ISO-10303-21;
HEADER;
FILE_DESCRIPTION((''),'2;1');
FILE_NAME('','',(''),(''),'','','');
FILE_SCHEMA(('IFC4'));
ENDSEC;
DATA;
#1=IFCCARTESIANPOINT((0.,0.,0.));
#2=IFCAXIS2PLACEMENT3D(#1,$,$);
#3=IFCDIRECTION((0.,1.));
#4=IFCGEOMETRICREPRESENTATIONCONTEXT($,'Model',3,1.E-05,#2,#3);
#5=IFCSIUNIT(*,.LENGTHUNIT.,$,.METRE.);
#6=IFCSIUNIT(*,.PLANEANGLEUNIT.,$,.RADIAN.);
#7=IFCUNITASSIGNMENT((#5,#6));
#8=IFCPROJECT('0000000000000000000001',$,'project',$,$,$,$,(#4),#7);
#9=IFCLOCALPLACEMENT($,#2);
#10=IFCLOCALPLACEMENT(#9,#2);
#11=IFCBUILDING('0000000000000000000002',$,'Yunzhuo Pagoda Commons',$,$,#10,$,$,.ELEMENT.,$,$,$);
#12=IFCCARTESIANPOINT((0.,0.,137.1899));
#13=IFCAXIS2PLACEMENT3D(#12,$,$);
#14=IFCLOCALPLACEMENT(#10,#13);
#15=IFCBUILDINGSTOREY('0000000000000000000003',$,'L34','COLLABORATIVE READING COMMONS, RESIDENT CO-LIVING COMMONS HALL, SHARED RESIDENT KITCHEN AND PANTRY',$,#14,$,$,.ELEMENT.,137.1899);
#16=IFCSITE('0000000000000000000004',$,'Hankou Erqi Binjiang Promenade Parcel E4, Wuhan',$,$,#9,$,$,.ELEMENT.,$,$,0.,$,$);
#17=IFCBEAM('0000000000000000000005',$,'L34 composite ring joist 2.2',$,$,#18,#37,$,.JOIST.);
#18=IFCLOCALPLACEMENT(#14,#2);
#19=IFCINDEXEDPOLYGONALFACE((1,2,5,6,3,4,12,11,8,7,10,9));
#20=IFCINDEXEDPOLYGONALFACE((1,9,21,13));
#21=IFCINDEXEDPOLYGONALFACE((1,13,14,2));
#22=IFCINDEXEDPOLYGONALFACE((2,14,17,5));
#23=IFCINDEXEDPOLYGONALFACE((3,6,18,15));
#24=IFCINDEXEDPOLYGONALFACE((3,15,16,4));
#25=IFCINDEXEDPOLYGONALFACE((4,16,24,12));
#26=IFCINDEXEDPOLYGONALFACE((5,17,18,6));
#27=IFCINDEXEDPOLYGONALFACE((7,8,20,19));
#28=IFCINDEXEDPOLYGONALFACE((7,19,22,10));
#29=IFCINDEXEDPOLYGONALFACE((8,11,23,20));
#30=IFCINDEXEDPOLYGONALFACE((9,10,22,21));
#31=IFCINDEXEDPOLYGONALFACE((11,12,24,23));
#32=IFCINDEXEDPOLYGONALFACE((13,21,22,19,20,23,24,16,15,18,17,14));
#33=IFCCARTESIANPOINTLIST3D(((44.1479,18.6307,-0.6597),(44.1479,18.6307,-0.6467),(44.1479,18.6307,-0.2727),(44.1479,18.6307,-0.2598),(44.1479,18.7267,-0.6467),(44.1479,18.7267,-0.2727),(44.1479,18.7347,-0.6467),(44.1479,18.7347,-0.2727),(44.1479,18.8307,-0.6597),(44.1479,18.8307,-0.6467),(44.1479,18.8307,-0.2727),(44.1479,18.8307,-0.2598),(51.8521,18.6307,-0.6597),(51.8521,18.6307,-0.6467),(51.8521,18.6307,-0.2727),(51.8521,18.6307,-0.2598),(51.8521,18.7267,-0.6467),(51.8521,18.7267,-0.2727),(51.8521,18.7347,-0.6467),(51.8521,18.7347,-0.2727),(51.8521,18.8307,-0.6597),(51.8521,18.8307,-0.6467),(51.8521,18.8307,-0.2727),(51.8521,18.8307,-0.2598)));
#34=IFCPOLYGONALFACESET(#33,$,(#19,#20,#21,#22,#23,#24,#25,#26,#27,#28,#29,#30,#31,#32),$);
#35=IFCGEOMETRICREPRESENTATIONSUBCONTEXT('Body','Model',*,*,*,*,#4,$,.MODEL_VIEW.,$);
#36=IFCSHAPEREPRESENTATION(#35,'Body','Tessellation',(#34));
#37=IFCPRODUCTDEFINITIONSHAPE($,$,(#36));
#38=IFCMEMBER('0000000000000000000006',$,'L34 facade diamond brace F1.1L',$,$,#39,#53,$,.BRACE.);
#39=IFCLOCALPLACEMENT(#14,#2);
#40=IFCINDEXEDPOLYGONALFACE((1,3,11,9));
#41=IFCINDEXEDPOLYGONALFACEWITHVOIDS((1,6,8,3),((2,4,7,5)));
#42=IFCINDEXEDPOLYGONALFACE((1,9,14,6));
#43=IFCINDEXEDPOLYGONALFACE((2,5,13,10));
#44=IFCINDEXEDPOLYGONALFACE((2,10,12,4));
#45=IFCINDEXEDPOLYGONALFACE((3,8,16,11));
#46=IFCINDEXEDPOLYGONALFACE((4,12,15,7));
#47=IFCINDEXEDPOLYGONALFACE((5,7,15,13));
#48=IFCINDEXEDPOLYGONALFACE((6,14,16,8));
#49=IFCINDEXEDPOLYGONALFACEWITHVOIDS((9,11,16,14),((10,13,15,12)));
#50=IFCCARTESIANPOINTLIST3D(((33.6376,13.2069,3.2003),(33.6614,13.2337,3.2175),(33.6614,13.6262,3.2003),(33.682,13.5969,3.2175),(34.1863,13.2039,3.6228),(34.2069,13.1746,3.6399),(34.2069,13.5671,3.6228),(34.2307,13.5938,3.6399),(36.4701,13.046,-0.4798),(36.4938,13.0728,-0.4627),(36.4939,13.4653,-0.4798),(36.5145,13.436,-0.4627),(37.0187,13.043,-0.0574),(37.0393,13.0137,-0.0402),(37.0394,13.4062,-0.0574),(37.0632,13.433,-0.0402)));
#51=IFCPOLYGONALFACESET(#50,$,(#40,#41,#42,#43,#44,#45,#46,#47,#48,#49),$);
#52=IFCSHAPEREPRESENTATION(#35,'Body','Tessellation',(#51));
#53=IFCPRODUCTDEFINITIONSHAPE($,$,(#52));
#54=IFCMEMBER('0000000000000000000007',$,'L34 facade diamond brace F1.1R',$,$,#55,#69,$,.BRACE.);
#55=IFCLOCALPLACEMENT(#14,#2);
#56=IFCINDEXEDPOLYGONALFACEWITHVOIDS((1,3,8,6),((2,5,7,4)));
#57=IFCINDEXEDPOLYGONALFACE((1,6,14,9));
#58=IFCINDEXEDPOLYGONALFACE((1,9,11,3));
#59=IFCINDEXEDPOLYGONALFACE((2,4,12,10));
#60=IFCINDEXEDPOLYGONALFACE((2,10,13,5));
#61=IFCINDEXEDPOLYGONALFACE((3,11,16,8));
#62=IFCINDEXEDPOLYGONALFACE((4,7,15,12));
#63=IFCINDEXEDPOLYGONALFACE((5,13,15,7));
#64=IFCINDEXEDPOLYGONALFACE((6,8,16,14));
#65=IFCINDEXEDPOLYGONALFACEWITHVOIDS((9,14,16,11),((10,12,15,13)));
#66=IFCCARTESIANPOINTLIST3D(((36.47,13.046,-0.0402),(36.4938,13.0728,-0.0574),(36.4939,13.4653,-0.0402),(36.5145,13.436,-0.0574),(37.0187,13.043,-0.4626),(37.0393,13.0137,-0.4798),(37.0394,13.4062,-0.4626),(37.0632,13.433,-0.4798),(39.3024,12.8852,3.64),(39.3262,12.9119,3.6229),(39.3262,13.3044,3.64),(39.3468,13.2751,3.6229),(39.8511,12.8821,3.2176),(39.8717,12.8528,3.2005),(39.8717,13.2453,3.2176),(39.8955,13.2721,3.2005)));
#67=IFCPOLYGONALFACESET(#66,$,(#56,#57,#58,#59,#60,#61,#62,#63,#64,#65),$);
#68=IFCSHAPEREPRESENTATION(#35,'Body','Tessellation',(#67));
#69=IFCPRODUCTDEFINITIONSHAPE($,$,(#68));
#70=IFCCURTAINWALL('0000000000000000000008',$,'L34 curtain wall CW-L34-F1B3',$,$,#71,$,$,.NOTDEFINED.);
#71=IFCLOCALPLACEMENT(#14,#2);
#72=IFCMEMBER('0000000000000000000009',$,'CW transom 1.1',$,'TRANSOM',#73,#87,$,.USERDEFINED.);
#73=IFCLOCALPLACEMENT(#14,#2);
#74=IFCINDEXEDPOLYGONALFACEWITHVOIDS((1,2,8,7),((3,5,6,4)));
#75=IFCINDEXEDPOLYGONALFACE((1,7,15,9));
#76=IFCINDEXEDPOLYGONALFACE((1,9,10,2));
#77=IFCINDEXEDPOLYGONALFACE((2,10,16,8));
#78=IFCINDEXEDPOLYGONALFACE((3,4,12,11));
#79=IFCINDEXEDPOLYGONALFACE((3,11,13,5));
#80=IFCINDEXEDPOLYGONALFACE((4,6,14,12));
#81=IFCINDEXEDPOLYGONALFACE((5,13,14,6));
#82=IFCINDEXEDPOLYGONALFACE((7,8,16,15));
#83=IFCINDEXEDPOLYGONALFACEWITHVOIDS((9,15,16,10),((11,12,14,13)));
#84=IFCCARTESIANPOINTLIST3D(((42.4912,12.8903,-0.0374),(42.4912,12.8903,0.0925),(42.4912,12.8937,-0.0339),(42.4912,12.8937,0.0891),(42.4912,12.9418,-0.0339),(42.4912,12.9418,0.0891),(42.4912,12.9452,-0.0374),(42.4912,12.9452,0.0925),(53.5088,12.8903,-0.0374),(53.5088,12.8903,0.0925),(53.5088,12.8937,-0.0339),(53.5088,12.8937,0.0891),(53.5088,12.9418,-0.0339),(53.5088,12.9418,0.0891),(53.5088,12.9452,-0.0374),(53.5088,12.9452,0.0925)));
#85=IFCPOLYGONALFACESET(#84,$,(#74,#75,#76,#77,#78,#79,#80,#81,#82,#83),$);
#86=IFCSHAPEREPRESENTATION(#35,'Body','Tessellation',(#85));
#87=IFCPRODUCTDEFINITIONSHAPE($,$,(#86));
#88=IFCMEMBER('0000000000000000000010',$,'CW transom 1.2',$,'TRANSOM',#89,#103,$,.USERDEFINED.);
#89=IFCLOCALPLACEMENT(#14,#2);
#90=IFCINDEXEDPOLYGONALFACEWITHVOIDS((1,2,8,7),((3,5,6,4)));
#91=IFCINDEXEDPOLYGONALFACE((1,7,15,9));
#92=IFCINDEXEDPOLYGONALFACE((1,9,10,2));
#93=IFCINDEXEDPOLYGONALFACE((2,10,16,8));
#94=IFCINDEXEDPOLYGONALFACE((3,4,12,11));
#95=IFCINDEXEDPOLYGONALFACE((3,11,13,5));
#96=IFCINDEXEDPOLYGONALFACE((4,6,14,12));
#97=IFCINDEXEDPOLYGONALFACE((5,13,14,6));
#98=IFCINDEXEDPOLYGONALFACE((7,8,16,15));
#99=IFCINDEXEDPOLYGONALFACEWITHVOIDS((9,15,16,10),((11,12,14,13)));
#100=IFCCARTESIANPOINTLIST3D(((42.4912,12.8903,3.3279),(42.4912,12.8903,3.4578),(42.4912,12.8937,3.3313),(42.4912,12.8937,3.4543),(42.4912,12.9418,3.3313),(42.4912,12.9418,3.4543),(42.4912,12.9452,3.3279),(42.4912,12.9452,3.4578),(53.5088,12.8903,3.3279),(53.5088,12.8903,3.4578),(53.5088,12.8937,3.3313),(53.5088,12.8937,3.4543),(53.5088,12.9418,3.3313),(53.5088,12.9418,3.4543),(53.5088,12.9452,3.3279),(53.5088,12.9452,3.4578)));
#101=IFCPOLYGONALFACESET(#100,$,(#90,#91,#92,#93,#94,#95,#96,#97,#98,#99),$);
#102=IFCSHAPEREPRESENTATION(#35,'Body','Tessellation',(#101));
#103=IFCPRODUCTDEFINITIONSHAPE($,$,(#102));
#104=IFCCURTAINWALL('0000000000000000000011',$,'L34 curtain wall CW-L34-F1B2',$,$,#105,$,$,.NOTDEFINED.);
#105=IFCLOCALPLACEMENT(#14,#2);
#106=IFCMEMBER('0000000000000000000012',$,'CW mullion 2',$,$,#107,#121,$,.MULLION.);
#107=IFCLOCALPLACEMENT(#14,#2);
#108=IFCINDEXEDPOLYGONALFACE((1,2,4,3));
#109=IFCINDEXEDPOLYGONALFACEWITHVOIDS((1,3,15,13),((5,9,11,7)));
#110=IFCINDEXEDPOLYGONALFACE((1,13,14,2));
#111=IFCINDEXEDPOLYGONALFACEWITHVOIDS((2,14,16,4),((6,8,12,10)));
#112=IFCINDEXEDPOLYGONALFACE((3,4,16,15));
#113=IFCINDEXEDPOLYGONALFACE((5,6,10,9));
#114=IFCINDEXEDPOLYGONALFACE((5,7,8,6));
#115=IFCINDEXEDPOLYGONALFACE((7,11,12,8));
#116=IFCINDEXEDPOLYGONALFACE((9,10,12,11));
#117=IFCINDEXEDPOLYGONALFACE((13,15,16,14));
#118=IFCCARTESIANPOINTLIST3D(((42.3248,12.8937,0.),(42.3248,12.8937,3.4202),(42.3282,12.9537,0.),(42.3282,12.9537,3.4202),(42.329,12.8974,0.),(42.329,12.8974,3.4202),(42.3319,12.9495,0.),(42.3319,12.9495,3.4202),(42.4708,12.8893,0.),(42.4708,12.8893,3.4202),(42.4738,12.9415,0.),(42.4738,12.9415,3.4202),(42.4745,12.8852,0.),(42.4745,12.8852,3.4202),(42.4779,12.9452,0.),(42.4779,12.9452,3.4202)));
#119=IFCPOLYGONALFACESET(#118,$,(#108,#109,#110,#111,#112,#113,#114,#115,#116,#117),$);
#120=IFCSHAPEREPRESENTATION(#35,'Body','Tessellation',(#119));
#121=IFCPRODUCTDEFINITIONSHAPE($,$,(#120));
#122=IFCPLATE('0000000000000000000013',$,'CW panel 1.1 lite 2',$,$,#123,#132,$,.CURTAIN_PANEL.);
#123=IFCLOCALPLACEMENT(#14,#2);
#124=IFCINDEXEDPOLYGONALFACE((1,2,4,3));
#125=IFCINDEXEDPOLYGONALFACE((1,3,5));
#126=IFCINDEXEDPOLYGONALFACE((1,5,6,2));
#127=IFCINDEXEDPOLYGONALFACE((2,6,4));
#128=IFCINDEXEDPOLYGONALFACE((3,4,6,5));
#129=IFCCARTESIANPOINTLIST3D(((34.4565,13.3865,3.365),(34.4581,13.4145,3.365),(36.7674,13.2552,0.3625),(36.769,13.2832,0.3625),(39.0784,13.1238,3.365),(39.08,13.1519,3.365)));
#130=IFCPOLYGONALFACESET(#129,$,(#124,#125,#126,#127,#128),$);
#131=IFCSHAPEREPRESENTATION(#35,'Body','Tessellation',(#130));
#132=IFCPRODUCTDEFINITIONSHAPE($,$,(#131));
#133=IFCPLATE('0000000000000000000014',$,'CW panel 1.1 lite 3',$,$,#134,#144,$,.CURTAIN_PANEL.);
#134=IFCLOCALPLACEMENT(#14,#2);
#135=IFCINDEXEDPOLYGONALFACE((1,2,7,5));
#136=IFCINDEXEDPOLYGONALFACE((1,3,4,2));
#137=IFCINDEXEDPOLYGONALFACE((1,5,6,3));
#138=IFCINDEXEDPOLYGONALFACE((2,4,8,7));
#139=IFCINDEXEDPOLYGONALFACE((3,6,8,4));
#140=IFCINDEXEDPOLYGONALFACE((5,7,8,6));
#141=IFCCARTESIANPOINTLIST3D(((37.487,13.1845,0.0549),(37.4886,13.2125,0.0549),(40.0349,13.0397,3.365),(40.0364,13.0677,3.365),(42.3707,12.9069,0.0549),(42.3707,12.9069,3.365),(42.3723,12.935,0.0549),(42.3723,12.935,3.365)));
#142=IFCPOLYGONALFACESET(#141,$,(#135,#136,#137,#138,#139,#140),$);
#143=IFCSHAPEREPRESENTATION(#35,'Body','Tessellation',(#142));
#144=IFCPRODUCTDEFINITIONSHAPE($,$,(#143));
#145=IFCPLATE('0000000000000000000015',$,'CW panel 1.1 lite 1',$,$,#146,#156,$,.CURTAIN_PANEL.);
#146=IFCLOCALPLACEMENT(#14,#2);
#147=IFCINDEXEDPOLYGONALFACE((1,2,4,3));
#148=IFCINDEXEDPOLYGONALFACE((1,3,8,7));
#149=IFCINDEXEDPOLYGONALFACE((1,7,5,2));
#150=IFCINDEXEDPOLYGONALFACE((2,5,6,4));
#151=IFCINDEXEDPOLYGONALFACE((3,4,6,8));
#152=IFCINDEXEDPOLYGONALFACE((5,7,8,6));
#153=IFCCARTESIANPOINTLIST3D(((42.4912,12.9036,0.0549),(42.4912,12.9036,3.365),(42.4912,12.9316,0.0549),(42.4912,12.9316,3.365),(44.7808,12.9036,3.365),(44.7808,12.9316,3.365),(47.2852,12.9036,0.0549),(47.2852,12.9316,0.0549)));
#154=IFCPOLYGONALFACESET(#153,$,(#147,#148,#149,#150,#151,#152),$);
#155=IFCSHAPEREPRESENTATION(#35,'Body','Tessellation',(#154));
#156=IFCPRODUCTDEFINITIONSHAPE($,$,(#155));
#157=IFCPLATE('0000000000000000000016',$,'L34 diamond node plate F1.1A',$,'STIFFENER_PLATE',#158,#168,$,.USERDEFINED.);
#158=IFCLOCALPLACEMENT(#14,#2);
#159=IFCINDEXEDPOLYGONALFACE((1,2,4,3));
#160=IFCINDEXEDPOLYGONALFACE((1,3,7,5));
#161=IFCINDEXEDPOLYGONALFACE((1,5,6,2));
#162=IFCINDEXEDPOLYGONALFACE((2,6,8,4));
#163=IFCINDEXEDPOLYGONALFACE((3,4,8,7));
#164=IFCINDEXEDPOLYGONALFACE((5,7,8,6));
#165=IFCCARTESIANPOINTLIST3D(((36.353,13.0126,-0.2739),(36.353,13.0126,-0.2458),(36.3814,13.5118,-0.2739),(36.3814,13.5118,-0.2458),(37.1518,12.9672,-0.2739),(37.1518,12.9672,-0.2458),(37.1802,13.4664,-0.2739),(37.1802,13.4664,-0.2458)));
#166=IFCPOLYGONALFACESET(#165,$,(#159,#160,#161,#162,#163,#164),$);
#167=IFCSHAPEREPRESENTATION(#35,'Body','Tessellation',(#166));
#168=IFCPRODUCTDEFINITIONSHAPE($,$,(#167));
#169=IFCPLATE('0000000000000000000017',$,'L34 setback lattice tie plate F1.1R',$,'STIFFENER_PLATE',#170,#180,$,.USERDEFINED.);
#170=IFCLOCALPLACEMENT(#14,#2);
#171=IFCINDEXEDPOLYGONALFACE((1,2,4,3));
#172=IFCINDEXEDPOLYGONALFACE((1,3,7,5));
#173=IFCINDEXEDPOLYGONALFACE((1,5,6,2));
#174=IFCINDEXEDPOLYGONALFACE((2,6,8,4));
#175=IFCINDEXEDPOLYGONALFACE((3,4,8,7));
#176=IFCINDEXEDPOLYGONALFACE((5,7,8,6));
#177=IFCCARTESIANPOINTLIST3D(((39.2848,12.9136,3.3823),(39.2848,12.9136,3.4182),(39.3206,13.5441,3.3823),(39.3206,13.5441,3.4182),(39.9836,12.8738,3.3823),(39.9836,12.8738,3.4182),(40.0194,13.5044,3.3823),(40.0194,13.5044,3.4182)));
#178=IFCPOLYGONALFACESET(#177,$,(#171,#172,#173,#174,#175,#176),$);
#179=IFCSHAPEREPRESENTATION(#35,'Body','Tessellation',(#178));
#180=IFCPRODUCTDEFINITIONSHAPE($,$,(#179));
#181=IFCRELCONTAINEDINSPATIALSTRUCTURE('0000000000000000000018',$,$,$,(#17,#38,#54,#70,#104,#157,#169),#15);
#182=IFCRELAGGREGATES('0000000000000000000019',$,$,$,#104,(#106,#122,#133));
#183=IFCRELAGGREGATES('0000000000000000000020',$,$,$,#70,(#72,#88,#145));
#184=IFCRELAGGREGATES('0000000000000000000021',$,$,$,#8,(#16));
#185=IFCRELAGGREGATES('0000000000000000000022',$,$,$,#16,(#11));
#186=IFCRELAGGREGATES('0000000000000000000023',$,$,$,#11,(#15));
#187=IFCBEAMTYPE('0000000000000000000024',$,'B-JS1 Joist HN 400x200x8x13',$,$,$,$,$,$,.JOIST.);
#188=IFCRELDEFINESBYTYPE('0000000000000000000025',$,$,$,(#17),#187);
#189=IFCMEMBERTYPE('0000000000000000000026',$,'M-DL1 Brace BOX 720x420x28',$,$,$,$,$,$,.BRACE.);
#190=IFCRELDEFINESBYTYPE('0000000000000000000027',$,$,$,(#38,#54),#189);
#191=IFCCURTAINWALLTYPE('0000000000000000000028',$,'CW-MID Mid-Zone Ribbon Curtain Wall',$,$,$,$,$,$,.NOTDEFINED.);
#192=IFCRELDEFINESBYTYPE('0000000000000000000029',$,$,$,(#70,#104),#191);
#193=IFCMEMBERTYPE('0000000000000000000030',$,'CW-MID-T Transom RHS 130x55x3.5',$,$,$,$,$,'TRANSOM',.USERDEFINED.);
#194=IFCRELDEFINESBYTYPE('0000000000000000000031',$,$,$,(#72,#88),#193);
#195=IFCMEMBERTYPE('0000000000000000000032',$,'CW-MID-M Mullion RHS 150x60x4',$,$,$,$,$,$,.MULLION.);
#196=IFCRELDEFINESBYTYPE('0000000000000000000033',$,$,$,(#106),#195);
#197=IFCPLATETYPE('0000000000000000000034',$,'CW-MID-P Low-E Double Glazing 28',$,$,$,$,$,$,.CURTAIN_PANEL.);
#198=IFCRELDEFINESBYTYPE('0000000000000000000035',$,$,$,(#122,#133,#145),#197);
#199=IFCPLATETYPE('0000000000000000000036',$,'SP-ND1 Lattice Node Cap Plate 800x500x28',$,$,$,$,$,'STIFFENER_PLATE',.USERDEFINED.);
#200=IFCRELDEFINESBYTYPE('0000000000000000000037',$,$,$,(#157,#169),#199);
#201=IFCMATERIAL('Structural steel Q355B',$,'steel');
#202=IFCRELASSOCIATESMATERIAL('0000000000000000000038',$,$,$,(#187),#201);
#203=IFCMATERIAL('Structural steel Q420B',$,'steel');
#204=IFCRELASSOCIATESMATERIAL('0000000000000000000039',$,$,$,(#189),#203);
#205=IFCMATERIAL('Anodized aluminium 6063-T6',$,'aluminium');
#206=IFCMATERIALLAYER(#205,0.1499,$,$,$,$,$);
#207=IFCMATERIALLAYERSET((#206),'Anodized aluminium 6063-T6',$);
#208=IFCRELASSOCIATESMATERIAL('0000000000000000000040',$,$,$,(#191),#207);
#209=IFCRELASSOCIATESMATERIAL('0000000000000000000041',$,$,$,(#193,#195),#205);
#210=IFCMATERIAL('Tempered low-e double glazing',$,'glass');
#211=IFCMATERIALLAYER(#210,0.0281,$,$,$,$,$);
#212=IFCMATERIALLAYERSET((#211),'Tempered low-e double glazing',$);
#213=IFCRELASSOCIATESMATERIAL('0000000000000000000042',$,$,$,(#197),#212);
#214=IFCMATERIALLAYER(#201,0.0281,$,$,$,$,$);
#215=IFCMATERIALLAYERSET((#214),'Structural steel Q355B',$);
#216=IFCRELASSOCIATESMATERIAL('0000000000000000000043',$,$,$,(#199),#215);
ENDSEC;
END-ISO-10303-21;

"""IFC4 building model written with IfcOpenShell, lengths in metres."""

from ifc_helpers import new_model, si_unit, direction, frame, origin, origin_2d, place, context, subcontext, project, spatial, polyline, rectangle, hollow_rectangle, i_section, outline, extrude, source, transform, mapped, material, layer, layer_set, material_profile, profile_set, type_object, element, aggregate, save


model = new_model("IFC4")

# Units and contexts
model_context = context("Model", 3, precision=1e-05, world=origin(), true_north=direction((0.0, 1.0)))
body_context = subcontext(model_context, "Body", "Model", "MODEL_VIEW")
ifc_project = project(units=[si_unit("LENGTHUNIT", "METRE"), si_unit("PLANEANGLEUNIT", "RADIAN")], contexts=[model_context])

# Site, building, storey
site_placement = place(None, origin())
site = spatial("IfcSite", under=ifc_project, at=site_placement, Name="Hankou Erqi Binjiang Promenade Parcel E4, Wuhan", CompositionType="ELEMENT", RefElevation=0.0)
building_placement = place(site_placement, origin())
building = spatial("IfcBuilding", under=site, at=building_placement, Name="Yunzhuo Pagoda Commons", CompositionType="ELEMENT")
storey_placement = place(building_placement, frame((0.0, 0.0, 137.1899)))
storey = spatial("IfcBuildingStorey", under=building, at=storey_placement, Name="L34", Description="COLLABORATIVE READING COMMONS, RESIDENT CO-LIVING COMMONS HALL, SHARED RESIDENT KITCHEN AND PANTRY", CompositionType="ELEMENT", Elevation=137.1899)

# Shared definitions
ifc_material_1 = material(Name="Structural steel Q420B", Category="steel")

# Beam
ifc_material_2 = material(Name="Structural steel Q355B", Category="steel")
ifc_material_profile_1 = material_profile(ifc_material_2, i_section(OverallWidth=0.2, OverallDepth=0.3999, WebThickness=0.0081, FlangeThickness=0.0129, at=origin_2d()), Name="Structural steel Q355B")
ifc_profile_set_1 = profile_set([ifc_material_profile_1], Name="Structural steel Q355B")
beam_type_1 = type_object("IfcBeamType", Name="B-JS1 Joist HN 400x200x8x13", PredefinedType="JOIST", material=ifc_profile_set_1)
shared_shape_1 = source(origin(), body_context, "Body", "SweptSolid", [
    extrude(i_section(OverallWidth=0.2, OverallDepth=0.3999, WebThickness=0.0081, FlangeThickness=0.0129, at=origin_2d()), origin(), (0.0, 0.0, 1.0), 7.7041),
])
beam_1_placement = place(storey_placement, frame((44.1479, 18.7307, -0.4597), z_axis=(1.0, 0.0, 0.0), x_axis=(0.0, 1.0, 0.0)))
element("IfcBeam", 1, at=beam_1_placement, inside=storey, type_object=beam_type_1, Name="L34 composite ring joist 2.2", PredefinedType="JOIST", context=body_context, shape_type="MappedRepresentation", body=[
    mapped(shared_shape_1, transform((0.0, 0.0, 0.0), scale=1.0)),
])

# Members
ifc_material_profile_2 = material_profile(ifc_material_1, hollow_rectangle(XDim=0.4199, YDim=0.72, WallThickness=0.0281, at=origin_2d()), Name="Structural steel Q420B")
ifc_profile_set_2 = profile_set([ifc_material_profile_2], Name="Structural steel Q420B")
member_type_1 = type_object("IfcMemberType", Name="M-DL1 Brace BOX 720x420x28", PredefinedType="BRACE", material=ifc_profile_set_2)
shared_shape_2 = source(origin(), body_context, "Body", "SweptSolid", [
    extrude(hollow_rectangle(XDim=0.4199, YDim=0.72, WallThickness=0.0281, at=origin_2d()), origin(), (0.0, 0.0, 1.0), 4.6467),
])
for number, where, z_axis, x_axis, name in (
    (2, (36.7666, 13.2395, -0.26), (-0.609564, 0.034624, 0.791981), (-0.056709, -0.998391, 0.0), "L34 facade diamond brace F1.1L"),
    (3, (36.7666, 13.2395, -0.26), (0.609531, -0.034625, 0.792006), (0.056714, 0.99839, 0.0), "L34 facade diamond brace F1.1R"),
):
    element("IfcMember", number, at=place(storey_placement, frame(where, z_axis=z_axis, x_axis=x_axis)), inside=storey, type_object=member_type_1, Name=name, PredefinedType="BRACE", context=body_context, shape_type="MappedRepresentation", body=[
        mapped(shared_shape_2, transform((0.0, 0.0, 0.0), scale=1.0)),
    ])

# Curtain wall, members
ifc_material_3 = material(Name="Anodized aluminium 6063-T6", Category="aluminium")
ifc_layer_1 = layer(ifc_material_3, 0.1499)
ifc_layer_set_1 = layer_set([ifc_layer_1], Name="Anodized aluminium 6063-T6")
curtain_wall_type = type_object("IfcCurtainWallType", Name="CW-MID Mid-Zone Ribbon Curtain Wall", PredefinedType="NOTDEFINED", material=ifc_layer_set_1)
curtain_wall_1_placement = place(storey_placement, origin())
curtain_wall_1 = element("IfcCurtainWall", 4, at=curtain_wall_1_placement, inside=storey, type_object=curtain_wall_type, Name="L34 curtain wall CW-L34-F1B3", PredefinedType="NOTDEFINED")
ifc_material_profile_3 = material_profile(ifc_material_3, hollow_rectangle(XDim=0.0549, YDim=0.1299, WallThickness=0.0034, at=origin_2d()), Name="Anodized aluminium 6063-T6")
ifc_profile_set_3 = profile_set([ifc_material_profile_3], Name="Anodized aluminium 6063-T6")
member_type_2 = type_object("IfcMemberType", Name="CW-MID-T Transom RHS 130x55x3.5", ElementType="TRANSOM", PredefinedType="USERDEFINED", material=ifc_profile_set_3)
shared_shape_3 = source(origin(), body_context, "Body", "SweptSolid", [
    extrude(hollow_rectangle(XDim=0.0549, YDim=0.1299, WallThickness=0.0034, at=origin_2d()), origin(), (0.0, 0.0, 1.0), 11.0176),
])
member_1_placement = place(storey_placement, frame((42.4912, 12.9177, 0.0276), z_axis=(1.0, 0.0, 0.0), x_axis=(0.0, 1.0, 0.0)))
member_1 = element("IfcMember", 5, at=member_1_placement, type_object=member_type_2, Name="CW transom 1.1", ObjectType="TRANSOM", PredefinedType="USERDEFINED", context=body_context, shape_type="MappedRepresentation", body=[
    mapped(shared_shape_3, transform((0.0, 0.0, 0.0), scale=1.0)),
])
member_2_placement = place(storey_placement, frame((42.4912, 12.9177, 3.3928), z_axis=(1.0, 0.0, 0.0), x_axis=(0.0, 1.0, 0.0)))
member_2 = element("IfcMember", 6, at=member_2_placement, type_object=member_type_2, Name="CW transom 1.2", ObjectType="TRANSOM", PredefinedType="USERDEFINED", context=body_context, shape_type="MappedRepresentation", body=[
    mapped(shared_shape_3, transform((0.0, 0.0, 0.0), scale=1.0)),
])

# Curtain wall, member, plates
curtain_wall_2_placement = place(storey_placement, origin())
curtain_wall_2 = element("IfcCurtainWall", 7, at=curtain_wall_2_placement, inside=storey, type_object=curtain_wall_type, Name="L34 curtain wall CW-L34-F1B2", PredefinedType="NOTDEFINED")
ifc_material_profile_4 = material_profile(ifc_material_3, hollow_rectangle(XDim=0.0601, YDim=0.1499, WallThickness=0.0039, at=origin_2d()), Name="Anodized aluminium 6063-T6")
ifc_profile_set_4 = profile_set([ifc_material_profile_4], Name="Anodized aluminium 6063-T6")
member_type_3 = type_object("IfcMemberType", Name="CW-MID-M Mullion RHS 150x60x4", PredefinedType="MULLION", material=ifc_profile_set_4)
shared_shape_4 = source(origin(), body_context, "Body", "SweptSolid", [
    extrude(hollow_rectangle(XDim=0.0601, YDim=0.1499, WallThickness=0.0039, at=origin_2d()), origin(), (0.0, 0.0, 1.0), 3.4202),
])
member_3_placement = place(storey_placement, frame((42.4014, 12.9194, 0.0), z_axis=(0.0, 0.0, 1.0), x_axis=(0.056742, 0.998389, 0.0)))
member_3 = element("IfcMember", 8, at=member_3_placement, type_object=member_type_3, Name="CW mullion 2", PredefinedType="MULLION", context=body_context, shape_type="MappedRepresentation", body=[
    mapped(shared_shape_4, transform((0.0, 0.0, 0.0), scale=1.0)),
])
ifc_material_4 = material(Name="Tempered low-e double glazing", Category="glass")
ifc_layer_2 = layer(ifc_material_4, 0.0281)
ifc_layer_set_2 = layer_set([ifc_layer_2], Name="Tempered low-e double glazing")
plate_type_1 = type_object("IfcPlateType", Name="CW-MID-P Low-E Double Glazing 28", PredefinedType="CURTAIN_PANEL", material=ifc_layer_set_2)
plate_1_placement = place(storey_placement, frame((36.769, 13.2832, 1.8638), z_axis=(-0.056742, -0.998389, 0.0), x_axis=(0.998389, -0.056742, 0.0)))
plate_1 = element("IfcPlate", 9, at=plate_1_placement, type_object=plate_type_1, Name="CW panel 1.1 lite 2", PredefinedType="CURTAIN_PANEL", context=body_context, shape_type="SweptSolid", body=[
    extrude(outline(polyline([(-2.3147, 1.5012), (0.0, -1.5012), (2.3147, 1.5012), (-2.3147, 1.5012)])), origin(), (0.0, 0.0, 1.0), 0.0281),
])
plate_2_placement = place(storey_placement, frame((39.9304, 13.0737, 1.71), z_axis=(-0.056742, -0.998389, 0.0), x_axis=(0.998389, -0.056742, 0.0)))
plate_2 = element("IfcPlate", 10, at=plate_2_placement, type_object=plate_type_1, Name="CW panel 1.1 lite 3", PredefinedType="CURTAIN_PANEL", context=body_context, shape_type="SweptSolid", body=[
    extrude(outline(polyline([(-2.4458, -1.655), (2.4458, -1.655), (2.4458, 1.655), (0.1062, 1.655), (-2.4458, -1.655)])), origin(), (0.0, 0.0, 1.0), 0.0281),
])
aggregate(curtain_wall_2, [member_3, plate_1, plate_2])

# Plate
plate_3_placement = place(storey_placement, frame((44.8882, 12.9316, 1.71), z_axis=(0.0, -1.0, 0.0), x_axis=(1.0, 0.0, 0.0)))
plate_3 = element("IfcPlate", 11, at=plate_3_placement, type_object=plate_type_1, Name="CW panel 1.1 lite 1", PredefinedType="CURTAIN_PANEL", context=body_context, shape_type="SweptSolid", body=[
    extrude(outline(polyline([(-2.397, -1.655), (2.397, -1.655), (-0.1074, 1.655), (-2.397, 1.655), (-2.397, -1.655)])), origin(), (0.0, 0.0, 1.0), 0.0281),
])
aggregate(curtain_wall_1, [member_1, member_2, plate_3])

# Plates
ifc_layer_3 = layer(ifc_material_2, 0.0281)
ifc_layer_set_3 = layer_set([ifc_layer_3], Name="Structural steel Q355B")
plate_type_2 = type_object("IfcPlateType", Name="SP-ND1 Lattice Node Cap Plate 800x500x28", ElementType="STIFFENER_PLATE", PredefinedType="USERDEFINED", material=ifc_layer_set_3)
shared_shape_5 = source(origin(), body_context, "Body", "SweptSolid", [
    extrude(rectangle(XDim=0.8, YDim=0.5, at=origin_2d()), origin(), (0.0, 0.0, 1.0), 0.0281),
])
plate_4_placement = place(storey_placement, frame((36.7666, 13.2395, -0.2739), z_axis=(0.0, 0.0, 1.0), x_axis=(0.998389, -0.056745, 0.0)))
element("IfcPlate", 12, at=plate_4_placement, inside=storey, type_object=plate_type_2, Name="L34 diamond node plate F1.1A", ObjectType="STIFFENER_PLATE", PredefinedType="USERDEFINED", context=body_context, shape_type="MappedRepresentation", body=[
    mapped(shared_shape_5, transform((0.0, 0.0, 0.0), scale=1.0)),
])
shared_shape_6 = source(origin(), body_context, "Body", "SweptSolid", [
    extrude(rectangle(XDim=0.7, YDim=0.6316, at=origin_2d()), origin(), (0.0, 0.0, 1.0), 0.0359),
])
plate_5_placement = place(storey_placement, frame((39.6521, 13.209, 3.3823), z_axis=(0.0, 0.0, 1.0), x_axis=(0.998389, -0.056745, 0.0)))
element("IfcPlate", 13, at=plate_5_placement, inside=storey, type_object=plate_type_2, Name="L34 setback lattice tie plate F1.1R", ObjectType="STIFFENER_PLATE", PredefinedType="USERDEFINED", context=body_context, shape_type="MappedRepresentation", body=[
    mapped(shared_shape_6, transform((0.0, 0.0, 0.0), scale=1.0)),
])

save(model, "model.ifc")
